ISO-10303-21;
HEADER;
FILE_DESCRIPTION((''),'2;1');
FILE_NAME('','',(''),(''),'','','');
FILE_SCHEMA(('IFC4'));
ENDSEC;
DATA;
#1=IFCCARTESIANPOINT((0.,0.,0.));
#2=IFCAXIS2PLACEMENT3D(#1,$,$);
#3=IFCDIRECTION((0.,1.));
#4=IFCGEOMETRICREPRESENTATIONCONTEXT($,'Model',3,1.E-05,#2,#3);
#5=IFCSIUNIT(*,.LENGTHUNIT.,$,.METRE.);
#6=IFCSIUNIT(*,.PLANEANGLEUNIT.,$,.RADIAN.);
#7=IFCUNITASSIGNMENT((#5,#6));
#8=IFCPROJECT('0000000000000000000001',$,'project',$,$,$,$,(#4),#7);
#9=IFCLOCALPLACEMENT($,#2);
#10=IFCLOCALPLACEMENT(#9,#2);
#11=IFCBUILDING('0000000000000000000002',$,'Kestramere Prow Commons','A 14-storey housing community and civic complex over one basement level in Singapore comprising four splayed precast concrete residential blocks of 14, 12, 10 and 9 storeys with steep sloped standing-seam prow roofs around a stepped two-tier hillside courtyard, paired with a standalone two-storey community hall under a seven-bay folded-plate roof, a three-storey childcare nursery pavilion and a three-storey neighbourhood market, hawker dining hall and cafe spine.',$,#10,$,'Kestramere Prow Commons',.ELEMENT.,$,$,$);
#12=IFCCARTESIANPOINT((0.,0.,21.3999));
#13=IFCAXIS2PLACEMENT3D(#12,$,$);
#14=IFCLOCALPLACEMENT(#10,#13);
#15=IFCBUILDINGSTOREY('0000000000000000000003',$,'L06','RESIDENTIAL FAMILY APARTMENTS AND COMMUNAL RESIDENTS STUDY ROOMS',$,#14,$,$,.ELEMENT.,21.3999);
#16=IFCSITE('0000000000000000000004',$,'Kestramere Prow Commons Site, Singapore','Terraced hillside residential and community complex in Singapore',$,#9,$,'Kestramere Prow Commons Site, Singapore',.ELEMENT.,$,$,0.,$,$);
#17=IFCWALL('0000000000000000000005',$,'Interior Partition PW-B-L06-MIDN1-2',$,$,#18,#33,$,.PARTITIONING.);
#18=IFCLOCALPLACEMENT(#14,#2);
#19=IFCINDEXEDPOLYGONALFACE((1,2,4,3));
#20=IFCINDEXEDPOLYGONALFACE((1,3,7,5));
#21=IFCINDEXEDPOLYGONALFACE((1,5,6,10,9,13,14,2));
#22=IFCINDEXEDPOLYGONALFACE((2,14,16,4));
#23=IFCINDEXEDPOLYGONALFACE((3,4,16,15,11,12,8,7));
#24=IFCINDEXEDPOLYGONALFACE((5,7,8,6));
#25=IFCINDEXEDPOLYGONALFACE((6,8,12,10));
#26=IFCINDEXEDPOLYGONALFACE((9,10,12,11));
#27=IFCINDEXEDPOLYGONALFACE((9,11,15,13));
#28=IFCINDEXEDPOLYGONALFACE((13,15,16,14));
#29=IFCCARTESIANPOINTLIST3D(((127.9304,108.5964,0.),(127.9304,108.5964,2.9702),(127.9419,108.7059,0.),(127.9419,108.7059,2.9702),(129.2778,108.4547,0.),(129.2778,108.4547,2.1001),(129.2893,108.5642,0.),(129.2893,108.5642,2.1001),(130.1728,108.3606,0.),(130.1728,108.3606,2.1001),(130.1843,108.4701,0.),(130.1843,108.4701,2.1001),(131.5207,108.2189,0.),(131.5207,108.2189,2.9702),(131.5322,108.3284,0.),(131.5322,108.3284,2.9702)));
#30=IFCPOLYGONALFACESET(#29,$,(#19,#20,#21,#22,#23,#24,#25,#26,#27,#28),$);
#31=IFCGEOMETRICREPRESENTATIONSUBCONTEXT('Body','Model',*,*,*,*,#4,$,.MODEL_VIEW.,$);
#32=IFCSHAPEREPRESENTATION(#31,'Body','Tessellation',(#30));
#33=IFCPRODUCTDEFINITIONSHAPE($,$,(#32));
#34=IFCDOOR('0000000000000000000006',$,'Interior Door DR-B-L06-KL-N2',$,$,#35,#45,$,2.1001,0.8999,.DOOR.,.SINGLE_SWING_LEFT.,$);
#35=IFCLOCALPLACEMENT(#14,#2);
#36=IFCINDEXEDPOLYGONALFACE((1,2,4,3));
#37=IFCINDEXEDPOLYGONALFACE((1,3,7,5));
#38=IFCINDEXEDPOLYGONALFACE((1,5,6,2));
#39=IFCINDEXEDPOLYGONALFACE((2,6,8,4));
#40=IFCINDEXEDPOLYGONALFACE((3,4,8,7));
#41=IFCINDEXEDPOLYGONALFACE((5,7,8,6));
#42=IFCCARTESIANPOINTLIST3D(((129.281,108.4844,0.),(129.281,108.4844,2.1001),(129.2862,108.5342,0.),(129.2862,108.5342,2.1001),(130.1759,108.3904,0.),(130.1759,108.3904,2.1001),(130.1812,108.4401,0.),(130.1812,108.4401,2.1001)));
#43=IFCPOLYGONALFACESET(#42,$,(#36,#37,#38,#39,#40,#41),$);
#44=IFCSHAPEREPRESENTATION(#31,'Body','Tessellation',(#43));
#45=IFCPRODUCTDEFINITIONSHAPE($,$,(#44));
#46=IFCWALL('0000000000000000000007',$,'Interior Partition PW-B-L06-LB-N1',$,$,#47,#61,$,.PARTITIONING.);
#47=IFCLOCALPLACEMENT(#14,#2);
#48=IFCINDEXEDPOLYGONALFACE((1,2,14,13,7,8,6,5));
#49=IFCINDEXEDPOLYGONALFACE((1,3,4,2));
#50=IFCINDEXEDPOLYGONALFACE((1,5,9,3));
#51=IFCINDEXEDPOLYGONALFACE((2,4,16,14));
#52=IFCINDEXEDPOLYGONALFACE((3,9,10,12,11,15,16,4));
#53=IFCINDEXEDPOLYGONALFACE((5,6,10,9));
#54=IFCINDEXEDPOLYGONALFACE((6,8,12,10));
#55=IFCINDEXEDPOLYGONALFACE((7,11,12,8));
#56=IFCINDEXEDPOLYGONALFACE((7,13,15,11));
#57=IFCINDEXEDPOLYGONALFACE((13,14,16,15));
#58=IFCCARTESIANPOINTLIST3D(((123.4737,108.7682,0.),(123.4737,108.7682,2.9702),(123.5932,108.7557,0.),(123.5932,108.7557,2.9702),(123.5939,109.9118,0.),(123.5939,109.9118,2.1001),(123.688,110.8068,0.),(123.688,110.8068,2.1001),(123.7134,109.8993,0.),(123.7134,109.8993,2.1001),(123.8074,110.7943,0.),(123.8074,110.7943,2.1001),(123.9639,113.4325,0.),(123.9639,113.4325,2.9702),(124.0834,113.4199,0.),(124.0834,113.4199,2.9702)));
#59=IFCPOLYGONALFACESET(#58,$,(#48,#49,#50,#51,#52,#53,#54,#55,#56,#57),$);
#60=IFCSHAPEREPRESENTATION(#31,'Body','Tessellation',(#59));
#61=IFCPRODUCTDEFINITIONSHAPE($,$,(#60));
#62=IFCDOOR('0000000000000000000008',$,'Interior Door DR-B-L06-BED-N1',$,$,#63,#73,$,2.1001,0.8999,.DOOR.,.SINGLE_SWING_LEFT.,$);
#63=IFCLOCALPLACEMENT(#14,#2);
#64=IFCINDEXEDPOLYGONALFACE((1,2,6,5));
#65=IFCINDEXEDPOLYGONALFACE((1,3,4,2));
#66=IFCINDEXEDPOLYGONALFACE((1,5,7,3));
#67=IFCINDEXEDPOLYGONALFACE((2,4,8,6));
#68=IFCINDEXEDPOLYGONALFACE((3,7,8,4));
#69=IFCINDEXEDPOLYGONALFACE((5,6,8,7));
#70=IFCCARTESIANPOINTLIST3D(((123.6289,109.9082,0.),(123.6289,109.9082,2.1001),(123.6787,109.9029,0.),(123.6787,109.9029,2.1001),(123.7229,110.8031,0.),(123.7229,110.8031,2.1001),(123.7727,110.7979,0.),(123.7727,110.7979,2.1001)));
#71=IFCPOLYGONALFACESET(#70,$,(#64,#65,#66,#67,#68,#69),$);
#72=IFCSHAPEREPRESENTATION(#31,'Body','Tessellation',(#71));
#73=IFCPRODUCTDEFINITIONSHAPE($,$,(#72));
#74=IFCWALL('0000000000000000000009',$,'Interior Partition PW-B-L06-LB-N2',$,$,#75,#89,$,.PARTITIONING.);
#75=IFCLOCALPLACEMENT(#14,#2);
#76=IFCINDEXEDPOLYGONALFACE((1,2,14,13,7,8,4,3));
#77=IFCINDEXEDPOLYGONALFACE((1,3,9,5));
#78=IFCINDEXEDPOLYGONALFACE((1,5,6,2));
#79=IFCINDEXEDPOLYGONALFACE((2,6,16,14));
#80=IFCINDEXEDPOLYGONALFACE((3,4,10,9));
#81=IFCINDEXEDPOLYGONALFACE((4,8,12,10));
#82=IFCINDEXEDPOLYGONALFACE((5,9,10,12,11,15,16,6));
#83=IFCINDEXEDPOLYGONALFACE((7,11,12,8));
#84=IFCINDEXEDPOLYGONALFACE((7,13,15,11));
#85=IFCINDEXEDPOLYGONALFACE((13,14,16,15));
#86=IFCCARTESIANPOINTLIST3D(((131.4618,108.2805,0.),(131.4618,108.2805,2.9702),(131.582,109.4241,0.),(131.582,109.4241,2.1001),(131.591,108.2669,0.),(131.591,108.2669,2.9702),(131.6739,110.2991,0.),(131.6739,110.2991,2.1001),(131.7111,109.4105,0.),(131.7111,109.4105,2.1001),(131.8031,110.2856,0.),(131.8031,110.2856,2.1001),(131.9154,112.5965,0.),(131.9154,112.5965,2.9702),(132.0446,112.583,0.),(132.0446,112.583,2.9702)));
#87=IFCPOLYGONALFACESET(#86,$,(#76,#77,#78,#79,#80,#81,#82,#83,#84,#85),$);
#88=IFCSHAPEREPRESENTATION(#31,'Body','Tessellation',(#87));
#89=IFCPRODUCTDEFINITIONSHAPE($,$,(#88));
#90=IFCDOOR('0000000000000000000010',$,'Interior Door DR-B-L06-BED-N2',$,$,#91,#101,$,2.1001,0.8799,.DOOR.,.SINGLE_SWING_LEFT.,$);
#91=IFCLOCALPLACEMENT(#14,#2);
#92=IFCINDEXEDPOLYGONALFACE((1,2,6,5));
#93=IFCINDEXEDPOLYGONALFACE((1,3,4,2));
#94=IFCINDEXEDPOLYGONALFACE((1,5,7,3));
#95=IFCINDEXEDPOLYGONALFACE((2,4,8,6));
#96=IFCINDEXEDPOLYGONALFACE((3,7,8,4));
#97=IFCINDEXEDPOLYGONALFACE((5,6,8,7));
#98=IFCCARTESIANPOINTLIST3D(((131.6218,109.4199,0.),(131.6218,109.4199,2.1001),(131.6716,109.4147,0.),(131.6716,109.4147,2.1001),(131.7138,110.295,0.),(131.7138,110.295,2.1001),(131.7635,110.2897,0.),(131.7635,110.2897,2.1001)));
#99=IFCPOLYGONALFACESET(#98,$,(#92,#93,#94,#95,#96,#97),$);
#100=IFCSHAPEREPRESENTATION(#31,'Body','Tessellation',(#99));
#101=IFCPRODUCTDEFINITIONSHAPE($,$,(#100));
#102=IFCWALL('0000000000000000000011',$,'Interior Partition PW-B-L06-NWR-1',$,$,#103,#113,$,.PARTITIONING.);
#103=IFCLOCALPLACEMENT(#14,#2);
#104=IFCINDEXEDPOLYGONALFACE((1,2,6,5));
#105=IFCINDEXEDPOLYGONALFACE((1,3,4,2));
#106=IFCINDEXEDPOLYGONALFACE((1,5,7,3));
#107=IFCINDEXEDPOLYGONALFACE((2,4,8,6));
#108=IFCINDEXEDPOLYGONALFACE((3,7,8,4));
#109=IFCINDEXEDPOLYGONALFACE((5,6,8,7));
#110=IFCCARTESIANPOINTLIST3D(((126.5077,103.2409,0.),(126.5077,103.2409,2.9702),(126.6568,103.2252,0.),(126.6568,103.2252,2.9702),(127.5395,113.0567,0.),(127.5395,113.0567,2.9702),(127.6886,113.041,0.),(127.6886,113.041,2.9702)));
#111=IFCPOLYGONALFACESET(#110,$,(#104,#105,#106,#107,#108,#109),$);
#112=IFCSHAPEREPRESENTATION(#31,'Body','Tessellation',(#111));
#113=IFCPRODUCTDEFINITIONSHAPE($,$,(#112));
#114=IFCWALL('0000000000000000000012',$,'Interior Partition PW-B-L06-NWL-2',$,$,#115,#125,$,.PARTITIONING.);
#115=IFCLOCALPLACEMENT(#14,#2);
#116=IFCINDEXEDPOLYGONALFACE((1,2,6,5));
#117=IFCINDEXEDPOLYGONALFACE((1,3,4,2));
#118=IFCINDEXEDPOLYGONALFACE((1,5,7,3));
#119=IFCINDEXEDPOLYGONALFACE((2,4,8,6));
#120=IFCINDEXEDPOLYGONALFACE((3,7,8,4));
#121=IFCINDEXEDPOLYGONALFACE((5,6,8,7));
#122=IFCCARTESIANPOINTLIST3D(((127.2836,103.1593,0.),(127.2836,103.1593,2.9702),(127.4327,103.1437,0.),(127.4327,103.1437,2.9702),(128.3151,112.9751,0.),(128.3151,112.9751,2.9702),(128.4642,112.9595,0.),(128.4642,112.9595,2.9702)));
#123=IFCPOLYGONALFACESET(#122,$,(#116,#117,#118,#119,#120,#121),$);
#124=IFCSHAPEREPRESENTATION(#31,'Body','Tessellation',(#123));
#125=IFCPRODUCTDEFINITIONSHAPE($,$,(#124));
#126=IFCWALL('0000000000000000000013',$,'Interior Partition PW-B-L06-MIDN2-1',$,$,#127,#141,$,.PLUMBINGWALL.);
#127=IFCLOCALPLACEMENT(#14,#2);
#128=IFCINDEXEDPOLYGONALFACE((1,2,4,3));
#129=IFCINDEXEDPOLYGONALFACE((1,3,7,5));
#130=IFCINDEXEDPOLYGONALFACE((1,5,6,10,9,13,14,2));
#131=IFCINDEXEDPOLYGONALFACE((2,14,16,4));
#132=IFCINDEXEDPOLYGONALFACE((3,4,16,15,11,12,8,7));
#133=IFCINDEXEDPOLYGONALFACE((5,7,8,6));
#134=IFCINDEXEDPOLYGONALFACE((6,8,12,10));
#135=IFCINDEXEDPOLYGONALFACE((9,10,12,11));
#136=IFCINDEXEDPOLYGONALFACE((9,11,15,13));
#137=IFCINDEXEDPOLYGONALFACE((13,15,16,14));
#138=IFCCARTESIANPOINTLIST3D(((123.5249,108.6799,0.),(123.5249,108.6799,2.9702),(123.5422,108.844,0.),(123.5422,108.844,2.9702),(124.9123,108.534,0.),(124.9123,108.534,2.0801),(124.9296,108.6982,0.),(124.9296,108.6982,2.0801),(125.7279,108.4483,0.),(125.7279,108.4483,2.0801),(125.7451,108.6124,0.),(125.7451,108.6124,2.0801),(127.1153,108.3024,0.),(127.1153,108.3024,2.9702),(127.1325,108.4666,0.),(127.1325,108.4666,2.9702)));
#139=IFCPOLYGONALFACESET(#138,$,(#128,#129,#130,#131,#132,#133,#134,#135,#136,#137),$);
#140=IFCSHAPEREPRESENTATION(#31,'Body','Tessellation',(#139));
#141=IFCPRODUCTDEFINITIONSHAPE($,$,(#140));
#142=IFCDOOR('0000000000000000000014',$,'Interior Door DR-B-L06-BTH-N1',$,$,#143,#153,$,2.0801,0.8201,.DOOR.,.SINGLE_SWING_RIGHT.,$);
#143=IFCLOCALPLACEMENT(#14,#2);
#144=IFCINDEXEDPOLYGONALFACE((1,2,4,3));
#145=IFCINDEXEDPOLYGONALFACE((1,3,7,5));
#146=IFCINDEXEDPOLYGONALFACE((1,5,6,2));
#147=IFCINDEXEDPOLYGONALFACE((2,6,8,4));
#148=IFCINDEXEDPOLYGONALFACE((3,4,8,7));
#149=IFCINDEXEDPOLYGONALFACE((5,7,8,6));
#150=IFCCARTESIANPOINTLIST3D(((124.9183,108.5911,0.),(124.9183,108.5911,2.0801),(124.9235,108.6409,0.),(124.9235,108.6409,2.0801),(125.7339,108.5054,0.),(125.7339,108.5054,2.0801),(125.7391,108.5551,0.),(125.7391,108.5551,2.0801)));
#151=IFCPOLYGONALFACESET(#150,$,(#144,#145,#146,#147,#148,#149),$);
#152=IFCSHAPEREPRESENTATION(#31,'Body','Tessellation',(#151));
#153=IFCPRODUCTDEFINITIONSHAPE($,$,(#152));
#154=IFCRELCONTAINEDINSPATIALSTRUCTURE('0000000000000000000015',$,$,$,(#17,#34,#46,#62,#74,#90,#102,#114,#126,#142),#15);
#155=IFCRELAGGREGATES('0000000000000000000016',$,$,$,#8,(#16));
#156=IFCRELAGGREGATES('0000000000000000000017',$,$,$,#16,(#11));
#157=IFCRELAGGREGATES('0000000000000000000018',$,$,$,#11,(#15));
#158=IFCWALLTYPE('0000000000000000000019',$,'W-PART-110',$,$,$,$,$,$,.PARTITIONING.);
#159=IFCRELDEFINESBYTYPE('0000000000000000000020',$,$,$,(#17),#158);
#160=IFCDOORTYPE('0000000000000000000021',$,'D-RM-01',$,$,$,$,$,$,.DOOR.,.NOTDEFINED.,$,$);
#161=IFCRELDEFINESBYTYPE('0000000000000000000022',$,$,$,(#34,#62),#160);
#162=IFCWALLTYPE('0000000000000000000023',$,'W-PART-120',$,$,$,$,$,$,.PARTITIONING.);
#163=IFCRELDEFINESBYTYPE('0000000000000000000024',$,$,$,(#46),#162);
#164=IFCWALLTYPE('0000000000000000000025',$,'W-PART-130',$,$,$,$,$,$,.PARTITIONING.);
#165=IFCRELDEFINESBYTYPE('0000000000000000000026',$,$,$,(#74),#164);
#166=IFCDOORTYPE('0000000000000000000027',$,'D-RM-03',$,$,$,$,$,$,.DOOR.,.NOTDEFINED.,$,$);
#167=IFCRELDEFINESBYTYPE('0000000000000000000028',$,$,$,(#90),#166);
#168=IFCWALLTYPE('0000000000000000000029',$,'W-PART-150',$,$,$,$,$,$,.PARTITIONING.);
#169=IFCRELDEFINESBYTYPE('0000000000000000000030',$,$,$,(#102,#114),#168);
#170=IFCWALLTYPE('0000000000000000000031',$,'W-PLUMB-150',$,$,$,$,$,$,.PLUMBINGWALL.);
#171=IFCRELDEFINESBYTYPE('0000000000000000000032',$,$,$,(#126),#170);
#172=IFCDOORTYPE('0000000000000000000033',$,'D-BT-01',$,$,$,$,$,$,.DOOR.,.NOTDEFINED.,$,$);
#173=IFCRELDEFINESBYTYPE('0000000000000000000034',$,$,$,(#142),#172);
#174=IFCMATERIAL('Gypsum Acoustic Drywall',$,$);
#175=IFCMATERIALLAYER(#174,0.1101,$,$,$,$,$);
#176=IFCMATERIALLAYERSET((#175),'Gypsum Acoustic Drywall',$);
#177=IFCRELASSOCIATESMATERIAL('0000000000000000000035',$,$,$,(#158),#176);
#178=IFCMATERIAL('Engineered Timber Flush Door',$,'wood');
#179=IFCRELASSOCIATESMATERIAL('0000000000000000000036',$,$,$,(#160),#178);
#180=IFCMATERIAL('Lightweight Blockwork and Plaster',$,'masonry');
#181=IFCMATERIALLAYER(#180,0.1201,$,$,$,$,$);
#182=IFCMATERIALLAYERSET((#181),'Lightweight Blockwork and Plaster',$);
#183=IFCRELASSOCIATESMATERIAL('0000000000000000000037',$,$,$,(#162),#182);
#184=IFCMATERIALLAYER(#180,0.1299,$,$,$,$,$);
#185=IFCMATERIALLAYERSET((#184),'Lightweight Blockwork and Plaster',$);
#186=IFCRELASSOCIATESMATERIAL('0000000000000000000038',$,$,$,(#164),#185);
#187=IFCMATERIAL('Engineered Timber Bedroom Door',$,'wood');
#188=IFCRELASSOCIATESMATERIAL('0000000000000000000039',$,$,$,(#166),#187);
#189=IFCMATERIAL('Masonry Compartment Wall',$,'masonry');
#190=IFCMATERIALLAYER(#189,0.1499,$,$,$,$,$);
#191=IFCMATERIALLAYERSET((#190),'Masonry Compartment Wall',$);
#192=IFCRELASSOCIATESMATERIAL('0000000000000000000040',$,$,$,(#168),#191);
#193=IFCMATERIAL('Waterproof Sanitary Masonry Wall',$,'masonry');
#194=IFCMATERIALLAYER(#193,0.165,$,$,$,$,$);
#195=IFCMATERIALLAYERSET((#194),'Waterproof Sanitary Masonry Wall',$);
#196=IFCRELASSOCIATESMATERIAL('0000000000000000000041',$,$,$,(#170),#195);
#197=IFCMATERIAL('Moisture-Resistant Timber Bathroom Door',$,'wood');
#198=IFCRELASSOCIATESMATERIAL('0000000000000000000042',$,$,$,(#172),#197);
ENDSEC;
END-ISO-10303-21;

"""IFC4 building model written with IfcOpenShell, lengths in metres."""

from ifc_helpers import new_model, si_unit, direction, frame, frame_2d, origin, place, context, subcontext, project, spatial, rectangle, extrude, material, layer, layer_set, type_object, element, fill, save


model = new_model("IFC4")

# Units and contexts
model_context = context("Model", 3, precision=1e-05, world=origin(), true_north=direction((0.0, 1.0)))
body_context = subcontext(model_context, "Body", "Model", "MODEL_VIEW")
ifc_project = project(units=[si_unit("LENGTHUNIT", "METRE"), si_unit("PLANEANGLEUNIT", "RADIAN")], contexts=[model_context])

# Site, building, storey
site_placement = place(None, origin())
site = spatial("IfcSite", under=ifc_project, at=site_placement, Name="Kestramere Prow Commons Site, Singapore", Description="Terraced hillside residential and community complex in Singapore", LongName="Kestramere Prow Commons Site, Singapore", CompositionType="ELEMENT", RefElevation=0.0)
building_placement = place(site_placement, origin())
building = spatial("IfcBuilding", under=site, at=building_placement, Name="Kestramere Prow Commons", Description="A 14-storey housing community and civic complex over one basement level in Singapore comprising four splayed precast concrete residential blocks of 14, 12, 10 and 9 storeys with steep sloped standing-seam prow roofs around a stepped two-tier hillside courtyard, paired with a standalone two-storey community hall under a seven-bay folded-plate roof, a three-storey childcare nursery pavilion and a three-storey neighbourhood market, hawker dining hall and cafe spine.", LongName="Kestramere Prow Commons", CompositionType="ELEMENT")
storey_placement = place(building_placement, frame((0.0, 0.0, 21.3999)))
storey = spatial("IfcBuildingStorey", under=building, at=storey_placement, Name="L06", Description="RESIDENTIAL FAMILY APARTMENTS AND COMMUNAL RESIDENTS STUDY ROOMS", CompositionType="ELEMENT", Elevation=21.3999)

# Walls, openings, doors
ifc_material_1 = material(Name="Gypsum Acoustic Drywall")
ifc_layer_1 = layer(ifc_material_1, 0.1101)
ifc_layer_set_1 = layer_set([ifc_layer_1], Name="Gypsum Acoustic Drywall")
wall_type_1 = type_object("IfcWallType", Name="W-PART-110", PredefinedType="PARTITIONING", material=ifc_layer_set_1)
wall_1_placement = place(storey_placement, frame((127.936, 108.6511, 0.0), z_axis=(0.0, 0.0, 1.0), x_axis=(0.99452, -0.104551, 0.0)))
wall_1 = element("IfcWall", 1, at=wall_1_placement, inside=storey, type_object=wall_type_1, Name="Interior Partition PW-B-L06-MIDN1-2", PredefinedType="PARTITIONING", context=body_context, shape_type="SweptSolid", body=[
    extrude(rectangle(XDim=3.6101, YDim=0.1101, at=frame_2d((1.8052, 0.0))), origin(), (0.0, 0.0, 1.0), 2.9702),
])
opening_1_placement = place(wall_1_placement, frame((1.355, 0.0, 0.0)))
opening_1 = element("IfcOpeningElement", 2, at=opening_1_placement, cuts=wall_1, PredefinedType="OPENING", context=body_context, shape_type="SweptSolid", body=[
    extrude(rectangle(XDim=0.8999, YDim=2.1001, at=frame_2d((0.45, 1.05))), frame((0.0, 0.0701, 0.0), z_axis=(0.0, -1.0, 0.0), x_axis=(1.0, 0.0, 0.0)), (0.0, 0.0, 1.0), 0.1401),
])
ifc_material_2 = material(Name="Engineered Timber Flush Door", Category="wood")
door_type_1 = type_object("IfcDoorType", Name="D-RM-01", OperationType="NOTDEFINED", PredefinedType="DOOR", material=ifc_material_2)
door_1_placement = place(opening_1_placement, origin())
door_1 = element("IfcDoor", 3, at=door_1_placement, inside=storey, type_object=door_type_1, Name="Interior Door DR-B-L06-KL-N2", OperationType="SINGLE_SWING_LEFT", OverallHeight=2.1001, OverallWidth=0.8999, PredefinedType="DOOR", context=body_context, shape_type="SweptSolid", body=[
    extrude(rectangle(XDim=0.8999, YDim=2.1001, at=frame_2d((0.45, 1.05))), frame((0.0, 0.0249, 0.0), z_axis=(0.0, -1.0, 0.0), x_axis=(1.0, 0.0, 0.0)), (0.0, 0.0, 1.0), 0.05),
])
fill(opening_1, door_1)
ifc_material_3 = material(Name="Lightweight Blockwork and Plaster", Category="masonry")
ifc_layer_2 = layer(ifc_material_3, 0.1201)
ifc_layer_set_2 = layer_set([ifc_layer_2], Name="Lightweight Blockwork and Plaster")
wall_type_2 = type_object("IfcWallType", Name="W-PART-120", PredefinedType="PARTITIONING", material=ifc_layer_set_2)
wall_2_placement = place(storey_placement, frame((123.5334, 108.762, 0.0), z_axis=(0.0, 0.0, 1.0), x_axis=(0.104528, 0.994522, 0.0)))
wall_2 = element("IfcWall", 4, at=wall_2_placement, inside=storey, type_object=wall_type_2, Name="Interior Partition PW-B-L06-LB-N1", PredefinedType="PARTITIONING", context=body_context, shape_type="SweptSolid", body=[
    extrude(rectangle(XDim=4.6899, YDim=0.1201, at=frame_2d((2.345, 0.0))), origin(), (0.0, 0.0, 1.0), 2.9702),
])
opening_2_placement = place(wall_2_placement, frame((1.1499, 0.0, 0.0)))
opening_2 = element("IfcOpeningElement", 5, at=opening_2_placement, cuts=wall_2, PredefinedType="OPENING", context=body_context, shape_type="SweptSolid", body=[
    extrude(rectangle(XDim=0.8999, YDim=2.1001, at=frame_2d((0.45, 1.05))), frame((0.0, 0.075, 0.0), z_axis=(0.0, -1.0, 0.0), x_axis=(1.0, 0.0, 0.0)), (0.0, 0.0, 1.0), 0.1501),
])
door_2_placement = place(opening_2_placement, origin())
door_2 = element("IfcDoor", 6, at=door_2_placement, inside=storey, type_object=door_type_1, Name="Interior Door DR-B-L06-BED-N1", OperationType="SINGLE_SWING_LEFT", OverallHeight=2.1001, OverallWidth=0.8999, PredefinedType="DOOR", context=body_context, shape_type="SweptSolid", body=[
    extrude(rectangle(XDim=0.8999, YDim=2.1001, at=frame_2d((0.45, 1.05))), frame((0.0, 0.0249, 0.0), z_axis=(0.0, -1.0, 0.0), x_axis=(1.0, 0.0, 0.0)), (0.0, 0.0, 1.0), 0.05),
])
fill(opening_2, door_2)
ifc_layer_3 = layer(ifc_material_3, 0.1299)
ifc_layer_set_3 = layer_set([ifc_layer_3], Name="Lightweight Blockwork and Plaster")
wall_type_3 = type_object("IfcWallType", Name="W-PART-130", PredefinedType="PARTITIONING", material=ifc_layer_set_3)
wall_3_placement = place(storey_placement, frame((131.5264, 108.2737, 0.0), z_axis=(0.0, 0.0, 1.0), x_axis=(0.104521, 0.994523, 0.0)))
wall_3 = element("IfcWall", 7, at=wall_3_placement, inside=storey, type_object=wall_type_3, Name="Interior Partition PW-B-L06-LB-N2", PredefinedType="PARTITIONING", context=body_context, shape_type="SweptSolid", body=[
    extrude(rectangle(XDim=4.3398, YDim=0.1299, at=frame_2d((2.1699, 0.0))), origin(), (0.0, 0.0, 1.0), 2.9702),
])
opening_3_placement = place(wall_3_placement, frame((1.1499, 0.0, 0.0)))
opening_3 = element("IfcOpeningElement", 8, at=opening_3_placement, cuts=wall_3, PredefinedType="OPENING", context=body_context, shape_type="SweptSolid", body=[
    extrude(rectangle(XDim=0.8799, YDim=2.1001, at=frame_2d((0.4399, 1.05))), frame((0.0, 0.0798, 0.0), z_axis=(0.0, -1.0, 0.0), x_axis=(1.0, 0.0, 0.0)), (0.0, 0.0, 1.0), 0.1599),
])
ifc_material_4 = material(Name="Engineered Timber Bedroom Door", Category="wood")
door_type_2 = type_object("IfcDoorType", Name="D-RM-03", OperationType="NOTDEFINED", PredefinedType="DOOR", material=ifc_material_4)
door_3_placement = place(opening_3_placement, origin())
door_3 = element("IfcDoor", 9, at=door_3_placement, inside=storey, type_object=door_type_2, Name="Interior Door DR-B-L06-BED-N2", OperationType="SINGLE_SWING_LEFT", OverallHeight=2.1001, OverallWidth=0.8799, PredefinedType="DOOR", context=body_context, shape_type="SweptSolid", body=[
    extrude(rectangle(XDim=0.8799, YDim=2.1001, at=frame_2d((0.4399, 1.05))), frame((0.0, 0.0249, 0.0), z_axis=(0.0, -1.0, 0.0), x_axis=(1.0, 0.0, 0.0)), (0.0, 0.0, 1.0), 0.05),
])
fill(opening_3, door_3)

# Walls
ifc_material_5 = material(Name="Masonry Compartment Wall", Category="masonry")
ifc_layer_4 = layer(ifc_material_5, 0.1499)
ifc_layer_set_4 = layer_set([ifc_layer_4], Name="Masonry Compartment Wall")
wall_type_4 = type_object("IfcWallType", Name="W-PART-150", PredefinedType="PARTITIONING", material=ifc_layer_set_4)
for number, where, z_axis, x_axis, name in (
    (10, (126.5823, 103.2329, 0.0), (0.0, 0.0, 1.0), (0.104533, 0.994521, 0.0), "Interior Partition PW-B-L06-NWR-1"),
    (11, (127.3582, 103.1514, 0.0), (0.0, 0.0, 1.0), (0.104508, 0.994524, 0.0), "Interior Partition PW-B-L06-NWL-2"),
):
    element("IfcWall", number, at=place(storey_placement, frame(where, z_axis=z_axis, x_axis=x_axis)), inside=storey, type_object=wall_type_4, Name=name, PredefinedType="PARTITIONING", context=body_context, shape_type="SweptSolid", body=[
        extrude(rectangle(XDim=9.8699, YDim=0.1499, at=frame_2d((4.9351, 0.0))), origin(), (0.0, 0.0, 1.0), 2.9702),
    ])

# Wall, opening, door
ifc_material_6 = material(Name="Waterproof Sanitary Masonry Wall", Category="masonry")
ifc_layer_5 = layer(ifc_material_6, 0.165)
ifc_layer_set_5 = layer_set([ifc_layer_5], Name="Waterproof Sanitary Masonry Wall")
wall_type_5 = type_object("IfcWallType", Name="W-PLUMB-150", PredefinedType="PLUMBINGWALL", material=ifc_layer_set_5)
wall_4_placement = place(storey_placement, frame((123.5334, 108.762, 0.0), z_axis=(0.0, 0.0, 1.0), x_axis=(0.99452, -0.104551, 0.0)))
wall_4 = element("IfcWall", 12, at=wall_4_placement, inside=storey, type_object=wall_type_5, Name="Interior Partition PW-B-L06-MIDN2-1", PredefinedType="PLUMBINGWALL", context=body_context, shape_type="SweptSolid", body=[
    extrude(rectangle(XDim=3.6101, YDim=0.165, at=frame_2d((1.8052, 0.0))), origin(), (0.0, 0.0, 1.0), 2.9702),
])
opening_4_placement = place(wall_4_placement, frame((1.395, 0.0, 0.0)))
opening_4 = element("IfcOpeningElement", 13, at=opening_4_placement, cuts=wall_4, PredefinedType="OPENING", context=body_context, shape_type="SweptSolid", body=[
    extrude(rectangle(XDim=0.8201, YDim=2.0801, at=frame_2d((0.4102, 1.04))), frame((0.0, 0.0974, 0.0), z_axis=(0.0, -1.0, 0.0), x_axis=(1.0, 0.0, 0.0)), (0.0, 0.0, 1.0), 0.1951),
])
ifc_material_7 = material(Name="Moisture-Resistant Timber Bathroom Door", Category="wood")
door_type_3 = type_object("IfcDoorType", Name="D-BT-01", OperationType="NOTDEFINED", PredefinedType="DOOR", material=ifc_material_7)
door_4_placement = place(opening_4_placement, origin())
door_4 = element("IfcDoor", 14, at=door_4_placement, inside=storey, type_object=door_type_3, Name="Interior Door DR-B-L06-BTH-N1", OperationType="SINGLE_SWING_RIGHT", OverallHeight=2.0801, OverallWidth=0.8201, PredefinedType="DOOR", context=body_context, shape_type="SweptSolid", body=[
    extrude(rectangle(XDim=0.8201, YDim=2.0801, at=frame_2d((0.4102, 1.04))), frame((0.0, 0.0249, 0.0), z_axis=(0.0, -1.0, 0.0), x_axis=(1.0, 0.0, 0.0)), (0.0, 0.0, 1.0), 0.05),
])
fill(opening_4, door_4)

save(model, "model.ifc")
